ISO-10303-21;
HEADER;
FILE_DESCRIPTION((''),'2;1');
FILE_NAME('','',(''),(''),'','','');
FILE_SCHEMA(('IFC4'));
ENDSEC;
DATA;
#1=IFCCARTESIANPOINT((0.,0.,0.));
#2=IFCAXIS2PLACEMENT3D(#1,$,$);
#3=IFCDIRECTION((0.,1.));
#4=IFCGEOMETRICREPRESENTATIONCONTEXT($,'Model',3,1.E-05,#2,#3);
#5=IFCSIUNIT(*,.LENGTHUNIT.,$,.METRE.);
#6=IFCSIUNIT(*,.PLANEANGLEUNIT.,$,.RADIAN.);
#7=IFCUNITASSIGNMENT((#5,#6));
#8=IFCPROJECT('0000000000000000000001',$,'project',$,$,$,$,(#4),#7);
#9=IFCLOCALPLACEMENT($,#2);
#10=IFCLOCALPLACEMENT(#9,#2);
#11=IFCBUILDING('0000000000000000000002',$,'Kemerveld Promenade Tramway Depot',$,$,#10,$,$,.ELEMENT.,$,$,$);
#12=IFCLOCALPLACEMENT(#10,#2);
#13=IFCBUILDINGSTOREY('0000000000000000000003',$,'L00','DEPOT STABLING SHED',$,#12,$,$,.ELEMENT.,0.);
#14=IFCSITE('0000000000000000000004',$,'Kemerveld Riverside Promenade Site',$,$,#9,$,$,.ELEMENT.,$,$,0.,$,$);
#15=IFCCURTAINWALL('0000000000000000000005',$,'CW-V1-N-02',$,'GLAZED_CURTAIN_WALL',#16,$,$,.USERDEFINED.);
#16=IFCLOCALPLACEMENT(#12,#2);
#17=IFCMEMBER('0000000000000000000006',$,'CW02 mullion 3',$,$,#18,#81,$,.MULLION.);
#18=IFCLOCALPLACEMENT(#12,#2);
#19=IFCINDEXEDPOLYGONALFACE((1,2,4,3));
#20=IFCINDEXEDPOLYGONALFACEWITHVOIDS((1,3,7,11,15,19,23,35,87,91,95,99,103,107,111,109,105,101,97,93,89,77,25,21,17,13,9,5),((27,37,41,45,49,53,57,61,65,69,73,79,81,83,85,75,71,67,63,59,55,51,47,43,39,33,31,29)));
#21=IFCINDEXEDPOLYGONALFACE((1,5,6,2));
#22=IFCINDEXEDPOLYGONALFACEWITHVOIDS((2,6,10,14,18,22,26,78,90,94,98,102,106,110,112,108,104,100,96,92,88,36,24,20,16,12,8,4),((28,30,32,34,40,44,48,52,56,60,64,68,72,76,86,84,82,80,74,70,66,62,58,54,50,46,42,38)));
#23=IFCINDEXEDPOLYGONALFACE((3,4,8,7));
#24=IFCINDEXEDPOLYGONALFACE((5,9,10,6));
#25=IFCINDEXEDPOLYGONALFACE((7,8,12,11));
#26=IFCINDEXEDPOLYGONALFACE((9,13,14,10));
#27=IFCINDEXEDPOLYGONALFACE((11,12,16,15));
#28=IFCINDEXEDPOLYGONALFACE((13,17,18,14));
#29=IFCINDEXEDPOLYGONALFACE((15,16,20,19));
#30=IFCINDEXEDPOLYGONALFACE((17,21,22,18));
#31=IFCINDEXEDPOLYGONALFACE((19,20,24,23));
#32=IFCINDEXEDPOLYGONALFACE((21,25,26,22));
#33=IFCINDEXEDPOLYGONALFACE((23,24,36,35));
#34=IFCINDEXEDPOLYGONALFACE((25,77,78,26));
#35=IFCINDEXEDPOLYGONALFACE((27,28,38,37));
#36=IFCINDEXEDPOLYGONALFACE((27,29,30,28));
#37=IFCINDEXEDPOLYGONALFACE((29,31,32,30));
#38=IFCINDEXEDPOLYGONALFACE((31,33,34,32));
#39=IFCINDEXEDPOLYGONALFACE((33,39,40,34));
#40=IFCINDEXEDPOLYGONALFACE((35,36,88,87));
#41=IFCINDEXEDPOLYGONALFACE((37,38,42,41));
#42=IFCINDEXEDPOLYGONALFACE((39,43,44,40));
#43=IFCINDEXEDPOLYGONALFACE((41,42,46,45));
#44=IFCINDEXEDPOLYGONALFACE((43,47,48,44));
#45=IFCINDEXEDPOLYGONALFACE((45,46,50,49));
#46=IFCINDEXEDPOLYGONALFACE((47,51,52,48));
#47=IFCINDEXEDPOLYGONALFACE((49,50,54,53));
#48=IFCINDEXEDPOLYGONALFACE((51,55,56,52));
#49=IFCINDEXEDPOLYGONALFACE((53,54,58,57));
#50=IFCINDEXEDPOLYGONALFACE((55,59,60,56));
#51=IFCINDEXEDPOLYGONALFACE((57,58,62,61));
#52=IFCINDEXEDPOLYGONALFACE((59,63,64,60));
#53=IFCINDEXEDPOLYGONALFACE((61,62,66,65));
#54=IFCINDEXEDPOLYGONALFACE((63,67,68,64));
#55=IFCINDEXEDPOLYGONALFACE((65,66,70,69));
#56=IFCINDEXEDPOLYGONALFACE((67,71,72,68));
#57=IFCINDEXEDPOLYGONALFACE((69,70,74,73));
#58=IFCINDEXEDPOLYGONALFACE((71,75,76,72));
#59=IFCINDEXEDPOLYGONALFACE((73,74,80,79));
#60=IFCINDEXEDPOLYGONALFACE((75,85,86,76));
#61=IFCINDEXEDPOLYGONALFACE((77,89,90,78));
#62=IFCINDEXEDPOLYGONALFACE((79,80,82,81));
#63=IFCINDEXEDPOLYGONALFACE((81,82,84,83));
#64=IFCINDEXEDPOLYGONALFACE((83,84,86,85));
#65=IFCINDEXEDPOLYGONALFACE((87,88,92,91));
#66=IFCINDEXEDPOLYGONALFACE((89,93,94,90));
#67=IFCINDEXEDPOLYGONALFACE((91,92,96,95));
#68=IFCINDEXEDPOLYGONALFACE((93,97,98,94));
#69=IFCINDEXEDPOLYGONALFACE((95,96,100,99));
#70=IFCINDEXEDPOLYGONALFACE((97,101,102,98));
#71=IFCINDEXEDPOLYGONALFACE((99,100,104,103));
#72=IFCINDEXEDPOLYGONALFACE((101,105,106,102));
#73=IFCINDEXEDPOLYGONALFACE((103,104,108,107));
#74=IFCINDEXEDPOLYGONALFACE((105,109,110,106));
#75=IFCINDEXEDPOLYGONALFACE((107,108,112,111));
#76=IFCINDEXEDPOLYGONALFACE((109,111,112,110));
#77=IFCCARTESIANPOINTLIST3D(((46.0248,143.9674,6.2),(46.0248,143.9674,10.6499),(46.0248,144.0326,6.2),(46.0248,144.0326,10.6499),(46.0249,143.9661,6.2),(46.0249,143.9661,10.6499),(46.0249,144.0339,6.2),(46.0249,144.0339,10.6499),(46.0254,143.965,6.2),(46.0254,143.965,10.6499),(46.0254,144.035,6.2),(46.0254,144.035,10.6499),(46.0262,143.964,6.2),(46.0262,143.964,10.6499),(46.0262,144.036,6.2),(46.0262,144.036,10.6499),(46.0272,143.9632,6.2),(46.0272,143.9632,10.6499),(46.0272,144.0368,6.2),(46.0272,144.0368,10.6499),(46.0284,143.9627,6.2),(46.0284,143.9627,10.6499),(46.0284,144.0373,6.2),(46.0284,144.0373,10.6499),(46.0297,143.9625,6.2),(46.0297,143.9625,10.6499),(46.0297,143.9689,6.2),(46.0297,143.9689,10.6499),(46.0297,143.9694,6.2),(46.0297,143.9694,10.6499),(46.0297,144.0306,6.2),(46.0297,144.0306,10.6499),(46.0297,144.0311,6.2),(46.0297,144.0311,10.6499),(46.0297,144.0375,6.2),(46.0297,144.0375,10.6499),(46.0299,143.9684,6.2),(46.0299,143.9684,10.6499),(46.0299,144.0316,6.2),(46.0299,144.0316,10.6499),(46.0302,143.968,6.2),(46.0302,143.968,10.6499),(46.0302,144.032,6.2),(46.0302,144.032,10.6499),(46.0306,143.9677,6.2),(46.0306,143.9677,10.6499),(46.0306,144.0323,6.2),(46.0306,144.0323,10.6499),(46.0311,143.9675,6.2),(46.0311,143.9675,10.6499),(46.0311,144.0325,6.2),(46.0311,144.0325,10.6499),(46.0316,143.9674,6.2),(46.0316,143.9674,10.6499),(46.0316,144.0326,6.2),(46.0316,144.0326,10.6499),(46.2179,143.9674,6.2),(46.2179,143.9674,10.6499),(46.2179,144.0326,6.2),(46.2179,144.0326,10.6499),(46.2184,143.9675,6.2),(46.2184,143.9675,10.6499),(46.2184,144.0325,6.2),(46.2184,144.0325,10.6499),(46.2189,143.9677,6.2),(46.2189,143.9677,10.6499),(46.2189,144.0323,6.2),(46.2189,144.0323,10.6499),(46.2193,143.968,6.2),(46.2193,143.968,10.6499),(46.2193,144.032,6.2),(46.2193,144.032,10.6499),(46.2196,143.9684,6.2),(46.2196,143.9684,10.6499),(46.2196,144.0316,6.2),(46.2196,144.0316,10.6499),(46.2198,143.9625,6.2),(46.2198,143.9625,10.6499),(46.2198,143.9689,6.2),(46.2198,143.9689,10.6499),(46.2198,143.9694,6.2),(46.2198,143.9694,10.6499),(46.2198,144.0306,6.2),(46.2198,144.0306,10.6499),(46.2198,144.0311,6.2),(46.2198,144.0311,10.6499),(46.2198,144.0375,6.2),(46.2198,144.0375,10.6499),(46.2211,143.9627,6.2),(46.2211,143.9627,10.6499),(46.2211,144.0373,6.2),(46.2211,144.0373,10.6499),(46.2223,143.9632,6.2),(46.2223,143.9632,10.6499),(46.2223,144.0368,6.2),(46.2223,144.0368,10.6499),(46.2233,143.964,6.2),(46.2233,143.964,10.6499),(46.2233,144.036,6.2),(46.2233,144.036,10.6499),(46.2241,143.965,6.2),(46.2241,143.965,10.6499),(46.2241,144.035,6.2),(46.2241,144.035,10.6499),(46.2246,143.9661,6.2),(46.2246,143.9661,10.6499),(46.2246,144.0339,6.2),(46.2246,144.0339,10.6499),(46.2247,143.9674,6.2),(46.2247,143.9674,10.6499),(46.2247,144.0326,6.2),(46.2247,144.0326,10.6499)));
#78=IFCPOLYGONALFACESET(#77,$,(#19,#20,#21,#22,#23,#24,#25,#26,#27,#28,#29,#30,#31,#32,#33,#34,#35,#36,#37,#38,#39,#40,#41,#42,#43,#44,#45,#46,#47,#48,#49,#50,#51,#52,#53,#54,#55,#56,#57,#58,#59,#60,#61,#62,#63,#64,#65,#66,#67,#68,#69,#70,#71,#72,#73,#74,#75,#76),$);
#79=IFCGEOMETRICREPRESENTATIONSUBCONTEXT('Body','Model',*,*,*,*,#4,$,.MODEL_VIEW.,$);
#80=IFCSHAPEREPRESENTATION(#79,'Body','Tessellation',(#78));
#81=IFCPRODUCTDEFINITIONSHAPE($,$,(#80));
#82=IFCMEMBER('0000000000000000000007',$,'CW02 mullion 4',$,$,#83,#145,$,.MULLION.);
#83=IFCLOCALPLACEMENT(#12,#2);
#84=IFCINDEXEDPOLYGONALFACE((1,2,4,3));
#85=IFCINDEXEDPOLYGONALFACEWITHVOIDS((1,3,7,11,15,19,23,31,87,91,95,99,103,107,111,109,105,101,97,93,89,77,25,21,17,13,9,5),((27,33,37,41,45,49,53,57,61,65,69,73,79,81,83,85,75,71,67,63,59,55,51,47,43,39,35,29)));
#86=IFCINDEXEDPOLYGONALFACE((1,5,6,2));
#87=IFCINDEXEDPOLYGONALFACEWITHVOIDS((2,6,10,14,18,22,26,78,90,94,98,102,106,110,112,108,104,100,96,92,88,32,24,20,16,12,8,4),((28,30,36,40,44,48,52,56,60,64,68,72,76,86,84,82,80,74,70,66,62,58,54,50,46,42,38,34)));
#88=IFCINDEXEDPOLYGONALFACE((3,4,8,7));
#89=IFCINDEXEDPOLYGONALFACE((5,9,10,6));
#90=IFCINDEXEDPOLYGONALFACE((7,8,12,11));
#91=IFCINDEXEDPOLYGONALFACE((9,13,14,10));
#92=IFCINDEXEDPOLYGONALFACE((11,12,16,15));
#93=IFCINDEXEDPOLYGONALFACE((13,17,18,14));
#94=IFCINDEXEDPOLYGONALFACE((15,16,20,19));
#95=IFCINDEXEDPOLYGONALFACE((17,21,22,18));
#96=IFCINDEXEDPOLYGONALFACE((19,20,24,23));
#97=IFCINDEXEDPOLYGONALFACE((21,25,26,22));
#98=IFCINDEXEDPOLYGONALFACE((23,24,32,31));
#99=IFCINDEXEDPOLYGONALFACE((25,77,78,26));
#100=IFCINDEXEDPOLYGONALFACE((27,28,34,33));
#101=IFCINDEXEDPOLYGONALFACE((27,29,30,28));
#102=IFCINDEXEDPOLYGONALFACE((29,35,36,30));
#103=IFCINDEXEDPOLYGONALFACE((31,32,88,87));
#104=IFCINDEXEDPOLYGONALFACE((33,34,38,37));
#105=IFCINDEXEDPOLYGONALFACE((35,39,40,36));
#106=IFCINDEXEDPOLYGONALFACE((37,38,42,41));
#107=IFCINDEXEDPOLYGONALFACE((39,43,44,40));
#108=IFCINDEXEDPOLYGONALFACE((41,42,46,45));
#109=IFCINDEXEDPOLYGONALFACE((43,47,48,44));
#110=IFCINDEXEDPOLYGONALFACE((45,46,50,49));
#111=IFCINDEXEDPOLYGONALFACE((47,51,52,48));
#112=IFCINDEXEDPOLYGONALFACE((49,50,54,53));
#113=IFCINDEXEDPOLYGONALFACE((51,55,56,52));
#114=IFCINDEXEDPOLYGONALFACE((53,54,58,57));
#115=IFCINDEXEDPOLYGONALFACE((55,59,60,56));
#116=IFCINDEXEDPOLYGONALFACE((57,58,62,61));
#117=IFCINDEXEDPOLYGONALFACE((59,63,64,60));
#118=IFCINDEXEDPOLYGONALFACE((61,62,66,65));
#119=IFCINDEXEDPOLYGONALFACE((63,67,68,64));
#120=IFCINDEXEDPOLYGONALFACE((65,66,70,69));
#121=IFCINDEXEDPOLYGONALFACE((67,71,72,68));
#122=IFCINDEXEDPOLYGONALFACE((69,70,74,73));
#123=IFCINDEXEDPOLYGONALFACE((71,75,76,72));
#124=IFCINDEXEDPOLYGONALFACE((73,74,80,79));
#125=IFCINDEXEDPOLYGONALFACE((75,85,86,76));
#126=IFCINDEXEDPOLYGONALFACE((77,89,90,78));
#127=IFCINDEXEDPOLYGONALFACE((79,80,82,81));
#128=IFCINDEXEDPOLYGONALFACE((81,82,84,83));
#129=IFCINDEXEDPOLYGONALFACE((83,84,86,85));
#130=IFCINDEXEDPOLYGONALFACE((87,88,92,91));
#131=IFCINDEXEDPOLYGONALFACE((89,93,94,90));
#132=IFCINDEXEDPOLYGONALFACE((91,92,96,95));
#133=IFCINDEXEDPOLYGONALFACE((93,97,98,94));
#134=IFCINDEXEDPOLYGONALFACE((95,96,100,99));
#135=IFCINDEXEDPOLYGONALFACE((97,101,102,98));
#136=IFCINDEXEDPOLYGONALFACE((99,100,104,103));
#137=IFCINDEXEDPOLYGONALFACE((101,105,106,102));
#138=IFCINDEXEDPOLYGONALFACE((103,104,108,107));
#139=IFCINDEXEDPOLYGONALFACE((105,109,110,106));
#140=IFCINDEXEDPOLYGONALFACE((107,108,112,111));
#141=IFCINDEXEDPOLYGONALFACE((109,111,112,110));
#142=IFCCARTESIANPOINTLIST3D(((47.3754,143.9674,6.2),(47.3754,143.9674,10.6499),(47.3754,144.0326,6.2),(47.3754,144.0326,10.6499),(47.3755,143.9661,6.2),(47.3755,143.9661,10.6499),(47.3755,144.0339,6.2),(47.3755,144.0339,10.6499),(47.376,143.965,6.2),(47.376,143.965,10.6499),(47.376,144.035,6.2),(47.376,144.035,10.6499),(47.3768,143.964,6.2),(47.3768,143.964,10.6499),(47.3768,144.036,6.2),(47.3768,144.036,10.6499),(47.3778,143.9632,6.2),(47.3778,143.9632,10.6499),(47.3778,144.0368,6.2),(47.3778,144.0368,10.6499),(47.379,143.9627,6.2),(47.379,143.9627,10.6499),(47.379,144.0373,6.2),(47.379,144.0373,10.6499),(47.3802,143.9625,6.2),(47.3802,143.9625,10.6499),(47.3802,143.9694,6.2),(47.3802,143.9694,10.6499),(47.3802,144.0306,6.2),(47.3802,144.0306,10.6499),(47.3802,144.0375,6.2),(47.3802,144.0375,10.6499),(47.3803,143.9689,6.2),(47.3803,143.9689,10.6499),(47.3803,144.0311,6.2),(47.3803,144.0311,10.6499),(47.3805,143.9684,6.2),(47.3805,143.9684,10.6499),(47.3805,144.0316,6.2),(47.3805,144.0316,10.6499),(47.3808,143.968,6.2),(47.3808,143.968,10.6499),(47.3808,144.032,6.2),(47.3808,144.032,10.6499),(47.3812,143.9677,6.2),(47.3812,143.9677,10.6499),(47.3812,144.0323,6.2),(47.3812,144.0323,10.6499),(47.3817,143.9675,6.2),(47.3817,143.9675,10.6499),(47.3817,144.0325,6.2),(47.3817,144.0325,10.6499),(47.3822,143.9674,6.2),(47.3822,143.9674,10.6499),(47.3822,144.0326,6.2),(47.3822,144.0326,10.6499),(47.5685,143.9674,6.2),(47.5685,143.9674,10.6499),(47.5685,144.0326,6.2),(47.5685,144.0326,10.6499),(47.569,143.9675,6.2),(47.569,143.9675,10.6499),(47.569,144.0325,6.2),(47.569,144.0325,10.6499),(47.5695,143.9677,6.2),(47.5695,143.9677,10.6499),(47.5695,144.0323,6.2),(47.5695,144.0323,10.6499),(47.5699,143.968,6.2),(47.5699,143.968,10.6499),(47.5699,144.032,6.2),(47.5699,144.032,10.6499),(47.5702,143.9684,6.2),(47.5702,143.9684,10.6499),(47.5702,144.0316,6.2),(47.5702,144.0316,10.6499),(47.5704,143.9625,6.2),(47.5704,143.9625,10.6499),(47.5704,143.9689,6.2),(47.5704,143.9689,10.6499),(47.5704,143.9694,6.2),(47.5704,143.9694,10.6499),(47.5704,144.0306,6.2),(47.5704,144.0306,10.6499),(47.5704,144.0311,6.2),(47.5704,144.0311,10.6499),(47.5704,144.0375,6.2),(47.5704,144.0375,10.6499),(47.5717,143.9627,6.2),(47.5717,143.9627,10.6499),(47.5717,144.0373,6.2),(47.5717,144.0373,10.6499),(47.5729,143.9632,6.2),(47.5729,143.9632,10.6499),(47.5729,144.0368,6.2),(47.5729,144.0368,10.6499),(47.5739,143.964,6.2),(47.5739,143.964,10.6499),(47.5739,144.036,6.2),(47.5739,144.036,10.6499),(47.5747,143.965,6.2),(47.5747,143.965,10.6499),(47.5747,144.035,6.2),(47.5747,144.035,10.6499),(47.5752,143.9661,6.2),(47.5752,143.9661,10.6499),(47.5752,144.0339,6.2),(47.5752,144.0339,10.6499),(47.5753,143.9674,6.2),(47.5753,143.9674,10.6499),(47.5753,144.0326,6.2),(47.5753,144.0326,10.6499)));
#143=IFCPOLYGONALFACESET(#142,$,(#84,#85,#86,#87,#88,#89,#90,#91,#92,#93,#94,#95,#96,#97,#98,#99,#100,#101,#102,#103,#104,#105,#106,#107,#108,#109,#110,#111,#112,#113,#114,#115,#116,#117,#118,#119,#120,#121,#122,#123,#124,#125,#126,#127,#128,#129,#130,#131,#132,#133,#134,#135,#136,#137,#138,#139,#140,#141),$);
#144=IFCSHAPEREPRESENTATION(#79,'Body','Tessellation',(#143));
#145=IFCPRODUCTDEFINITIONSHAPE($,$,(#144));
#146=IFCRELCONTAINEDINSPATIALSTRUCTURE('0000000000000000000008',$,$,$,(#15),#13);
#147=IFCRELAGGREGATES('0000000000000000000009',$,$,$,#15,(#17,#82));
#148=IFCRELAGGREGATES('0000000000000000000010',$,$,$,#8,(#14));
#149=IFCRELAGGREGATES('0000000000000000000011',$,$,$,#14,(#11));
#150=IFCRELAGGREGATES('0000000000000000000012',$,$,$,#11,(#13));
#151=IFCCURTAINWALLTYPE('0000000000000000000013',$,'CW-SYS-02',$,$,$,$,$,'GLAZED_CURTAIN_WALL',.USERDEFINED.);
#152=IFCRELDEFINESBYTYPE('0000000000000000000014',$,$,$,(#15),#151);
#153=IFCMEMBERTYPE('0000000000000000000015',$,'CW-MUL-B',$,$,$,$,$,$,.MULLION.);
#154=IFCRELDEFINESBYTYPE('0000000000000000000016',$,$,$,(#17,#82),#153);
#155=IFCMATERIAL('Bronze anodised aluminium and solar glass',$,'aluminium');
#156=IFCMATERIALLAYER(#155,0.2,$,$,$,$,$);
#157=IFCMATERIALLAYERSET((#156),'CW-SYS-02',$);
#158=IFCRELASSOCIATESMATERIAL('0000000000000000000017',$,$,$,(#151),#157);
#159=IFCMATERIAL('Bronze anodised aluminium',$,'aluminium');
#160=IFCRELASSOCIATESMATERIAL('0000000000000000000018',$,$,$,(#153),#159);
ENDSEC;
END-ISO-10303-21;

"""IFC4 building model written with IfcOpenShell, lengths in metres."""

from ifc_helpers import new_model, si_unit, direction, frame, origin, origin_2d, place, context, subcontext, project, spatial, hollow_rectangle, extrude, material, layer, layer_set, material_profile, profile_set, type_object, element, aggregate, save


model = new_model("IFC4")

# Units and contexts
model_context = context("Model", 3, precision=1e-05, world=origin(), true_north=direction((0.0, 1.0)))
body_context = subcontext(model_context, "Body", "Model", "MODEL_VIEW")
ifc_project = project(units=[si_unit("LENGTHUNIT", "METRE"), si_unit("PLANEANGLEUNIT", "RADIAN")], contexts=[model_context])

# Site, building, storey
site_placement = place(None, origin())
site = spatial("IfcSite", under=ifc_project, at=site_placement, Name="Kemerveld Riverside Promenade Site", CompositionType="ELEMENT", RefElevation=0.0)
building_placement = place(site_placement, origin())
building = spatial("IfcBuilding", under=site, at=building_placement, Name="Kemerveld Promenade Tramway Depot", CompositionType="ELEMENT")
storey_placement = place(building_placement, origin())
storey = spatial("IfcBuildingStorey", under=building, at=storey_placement, Name="L00", Description="DEPOT STABLING SHED", CompositionType="ELEMENT", Elevation=0.0)

# Shared definitions
ifc_material_1 = material(Name="Bronze anodised aluminium and solar glass", Category="aluminium")
ifc_material_2 = material(Name="Bronze anodised aluminium", Category="aluminium")

# Curtain wall, members
ifc_layer_1 = layer(ifc_material_1, 0.2)
ifc_layer_set_1 = layer_set([ifc_layer_1], Name="CW-SYS-02")
curtain_wall_type_1 = type_object("IfcCurtainWallType", Name="CW-SYS-02", ElementType="GLAZED_CURTAIN_WALL", PredefinedType="USERDEFINED", material=ifc_layer_set_1)
curtain_wall_1_placement = place(storey_placement, origin())
curtain_wall_1 = element("IfcCurtainWall", 1, at=curtain_wall_1_placement, inside=storey, type_object=curtain_wall_type_1, Name="CW-V1-N-02", ObjectType="GLAZED_CURTAIN_WALL", PredefinedType="USERDEFINED")
ifc_material_profile_1 = material_profile(ifc_material_2, hollow_rectangle(XDim=0.075, YDim=0.2, WallThickness=0.0049, InnerFilletRadius=0.002, OuterFilletRadius=0.0049, at=origin_2d()), Name="CW-MUL-200x75")
ifc_profile_set_1 = profile_set([ifc_material_profile_1], Name="Bronze anodised aluminium")
member_type_1 = type_object("IfcMemberType", Name="CW-MUL-B", PredefinedType="MULLION", material=ifc_profile_set_1)
member_1_placement = place(storey_placement, frame((46.1248, 144.0, 6.2), z_axis=(0.0, 0.0, 1.0), x_axis=(0.0, 1.0, 0.0)))
member_1 = element("IfcMember", 2, at=member_1_placement, type_object=member_type_1, Name="CW02 mullion 3", PredefinedType="MULLION", context=body_context, shape_type="SweptSolid", body=[
    extrude(hollow_rectangle(XDim=0.075, YDim=0.2, WallThickness=0.0049, InnerFilletRadius=0.002, OuterFilletRadius=0.0049, at=origin_2d()), origin(), (0.0, 0.0, 1.0), 4.45),
])
member_2_placement = place(storey_placement, frame((47.4753, 144.0, 6.2), z_axis=(0.0, 0.0, 1.0), x_axis=(0.0, 1.0, 0.0)))
member_2 = element("IfcMember", 3, at=member_2_placement, type_object=member_type_1, Name="CW02 mullion 4", PredefinedType="MULLION", context=body_context, shape_type="SweptSolid", body=[
    extrude(hollow_rectangle(XDim=0.075, YDim=0.2, WallThickness=0.0049, InnerFilletRadius=0.002, OuterFilletRadius=0.0049, at=origin_2d()), origin(), (0.0, 0.0, 1.0), 4.45),
])

aggregate(curtain_wall_1, [member_1, member_2])

save(model, "model.ifc")
